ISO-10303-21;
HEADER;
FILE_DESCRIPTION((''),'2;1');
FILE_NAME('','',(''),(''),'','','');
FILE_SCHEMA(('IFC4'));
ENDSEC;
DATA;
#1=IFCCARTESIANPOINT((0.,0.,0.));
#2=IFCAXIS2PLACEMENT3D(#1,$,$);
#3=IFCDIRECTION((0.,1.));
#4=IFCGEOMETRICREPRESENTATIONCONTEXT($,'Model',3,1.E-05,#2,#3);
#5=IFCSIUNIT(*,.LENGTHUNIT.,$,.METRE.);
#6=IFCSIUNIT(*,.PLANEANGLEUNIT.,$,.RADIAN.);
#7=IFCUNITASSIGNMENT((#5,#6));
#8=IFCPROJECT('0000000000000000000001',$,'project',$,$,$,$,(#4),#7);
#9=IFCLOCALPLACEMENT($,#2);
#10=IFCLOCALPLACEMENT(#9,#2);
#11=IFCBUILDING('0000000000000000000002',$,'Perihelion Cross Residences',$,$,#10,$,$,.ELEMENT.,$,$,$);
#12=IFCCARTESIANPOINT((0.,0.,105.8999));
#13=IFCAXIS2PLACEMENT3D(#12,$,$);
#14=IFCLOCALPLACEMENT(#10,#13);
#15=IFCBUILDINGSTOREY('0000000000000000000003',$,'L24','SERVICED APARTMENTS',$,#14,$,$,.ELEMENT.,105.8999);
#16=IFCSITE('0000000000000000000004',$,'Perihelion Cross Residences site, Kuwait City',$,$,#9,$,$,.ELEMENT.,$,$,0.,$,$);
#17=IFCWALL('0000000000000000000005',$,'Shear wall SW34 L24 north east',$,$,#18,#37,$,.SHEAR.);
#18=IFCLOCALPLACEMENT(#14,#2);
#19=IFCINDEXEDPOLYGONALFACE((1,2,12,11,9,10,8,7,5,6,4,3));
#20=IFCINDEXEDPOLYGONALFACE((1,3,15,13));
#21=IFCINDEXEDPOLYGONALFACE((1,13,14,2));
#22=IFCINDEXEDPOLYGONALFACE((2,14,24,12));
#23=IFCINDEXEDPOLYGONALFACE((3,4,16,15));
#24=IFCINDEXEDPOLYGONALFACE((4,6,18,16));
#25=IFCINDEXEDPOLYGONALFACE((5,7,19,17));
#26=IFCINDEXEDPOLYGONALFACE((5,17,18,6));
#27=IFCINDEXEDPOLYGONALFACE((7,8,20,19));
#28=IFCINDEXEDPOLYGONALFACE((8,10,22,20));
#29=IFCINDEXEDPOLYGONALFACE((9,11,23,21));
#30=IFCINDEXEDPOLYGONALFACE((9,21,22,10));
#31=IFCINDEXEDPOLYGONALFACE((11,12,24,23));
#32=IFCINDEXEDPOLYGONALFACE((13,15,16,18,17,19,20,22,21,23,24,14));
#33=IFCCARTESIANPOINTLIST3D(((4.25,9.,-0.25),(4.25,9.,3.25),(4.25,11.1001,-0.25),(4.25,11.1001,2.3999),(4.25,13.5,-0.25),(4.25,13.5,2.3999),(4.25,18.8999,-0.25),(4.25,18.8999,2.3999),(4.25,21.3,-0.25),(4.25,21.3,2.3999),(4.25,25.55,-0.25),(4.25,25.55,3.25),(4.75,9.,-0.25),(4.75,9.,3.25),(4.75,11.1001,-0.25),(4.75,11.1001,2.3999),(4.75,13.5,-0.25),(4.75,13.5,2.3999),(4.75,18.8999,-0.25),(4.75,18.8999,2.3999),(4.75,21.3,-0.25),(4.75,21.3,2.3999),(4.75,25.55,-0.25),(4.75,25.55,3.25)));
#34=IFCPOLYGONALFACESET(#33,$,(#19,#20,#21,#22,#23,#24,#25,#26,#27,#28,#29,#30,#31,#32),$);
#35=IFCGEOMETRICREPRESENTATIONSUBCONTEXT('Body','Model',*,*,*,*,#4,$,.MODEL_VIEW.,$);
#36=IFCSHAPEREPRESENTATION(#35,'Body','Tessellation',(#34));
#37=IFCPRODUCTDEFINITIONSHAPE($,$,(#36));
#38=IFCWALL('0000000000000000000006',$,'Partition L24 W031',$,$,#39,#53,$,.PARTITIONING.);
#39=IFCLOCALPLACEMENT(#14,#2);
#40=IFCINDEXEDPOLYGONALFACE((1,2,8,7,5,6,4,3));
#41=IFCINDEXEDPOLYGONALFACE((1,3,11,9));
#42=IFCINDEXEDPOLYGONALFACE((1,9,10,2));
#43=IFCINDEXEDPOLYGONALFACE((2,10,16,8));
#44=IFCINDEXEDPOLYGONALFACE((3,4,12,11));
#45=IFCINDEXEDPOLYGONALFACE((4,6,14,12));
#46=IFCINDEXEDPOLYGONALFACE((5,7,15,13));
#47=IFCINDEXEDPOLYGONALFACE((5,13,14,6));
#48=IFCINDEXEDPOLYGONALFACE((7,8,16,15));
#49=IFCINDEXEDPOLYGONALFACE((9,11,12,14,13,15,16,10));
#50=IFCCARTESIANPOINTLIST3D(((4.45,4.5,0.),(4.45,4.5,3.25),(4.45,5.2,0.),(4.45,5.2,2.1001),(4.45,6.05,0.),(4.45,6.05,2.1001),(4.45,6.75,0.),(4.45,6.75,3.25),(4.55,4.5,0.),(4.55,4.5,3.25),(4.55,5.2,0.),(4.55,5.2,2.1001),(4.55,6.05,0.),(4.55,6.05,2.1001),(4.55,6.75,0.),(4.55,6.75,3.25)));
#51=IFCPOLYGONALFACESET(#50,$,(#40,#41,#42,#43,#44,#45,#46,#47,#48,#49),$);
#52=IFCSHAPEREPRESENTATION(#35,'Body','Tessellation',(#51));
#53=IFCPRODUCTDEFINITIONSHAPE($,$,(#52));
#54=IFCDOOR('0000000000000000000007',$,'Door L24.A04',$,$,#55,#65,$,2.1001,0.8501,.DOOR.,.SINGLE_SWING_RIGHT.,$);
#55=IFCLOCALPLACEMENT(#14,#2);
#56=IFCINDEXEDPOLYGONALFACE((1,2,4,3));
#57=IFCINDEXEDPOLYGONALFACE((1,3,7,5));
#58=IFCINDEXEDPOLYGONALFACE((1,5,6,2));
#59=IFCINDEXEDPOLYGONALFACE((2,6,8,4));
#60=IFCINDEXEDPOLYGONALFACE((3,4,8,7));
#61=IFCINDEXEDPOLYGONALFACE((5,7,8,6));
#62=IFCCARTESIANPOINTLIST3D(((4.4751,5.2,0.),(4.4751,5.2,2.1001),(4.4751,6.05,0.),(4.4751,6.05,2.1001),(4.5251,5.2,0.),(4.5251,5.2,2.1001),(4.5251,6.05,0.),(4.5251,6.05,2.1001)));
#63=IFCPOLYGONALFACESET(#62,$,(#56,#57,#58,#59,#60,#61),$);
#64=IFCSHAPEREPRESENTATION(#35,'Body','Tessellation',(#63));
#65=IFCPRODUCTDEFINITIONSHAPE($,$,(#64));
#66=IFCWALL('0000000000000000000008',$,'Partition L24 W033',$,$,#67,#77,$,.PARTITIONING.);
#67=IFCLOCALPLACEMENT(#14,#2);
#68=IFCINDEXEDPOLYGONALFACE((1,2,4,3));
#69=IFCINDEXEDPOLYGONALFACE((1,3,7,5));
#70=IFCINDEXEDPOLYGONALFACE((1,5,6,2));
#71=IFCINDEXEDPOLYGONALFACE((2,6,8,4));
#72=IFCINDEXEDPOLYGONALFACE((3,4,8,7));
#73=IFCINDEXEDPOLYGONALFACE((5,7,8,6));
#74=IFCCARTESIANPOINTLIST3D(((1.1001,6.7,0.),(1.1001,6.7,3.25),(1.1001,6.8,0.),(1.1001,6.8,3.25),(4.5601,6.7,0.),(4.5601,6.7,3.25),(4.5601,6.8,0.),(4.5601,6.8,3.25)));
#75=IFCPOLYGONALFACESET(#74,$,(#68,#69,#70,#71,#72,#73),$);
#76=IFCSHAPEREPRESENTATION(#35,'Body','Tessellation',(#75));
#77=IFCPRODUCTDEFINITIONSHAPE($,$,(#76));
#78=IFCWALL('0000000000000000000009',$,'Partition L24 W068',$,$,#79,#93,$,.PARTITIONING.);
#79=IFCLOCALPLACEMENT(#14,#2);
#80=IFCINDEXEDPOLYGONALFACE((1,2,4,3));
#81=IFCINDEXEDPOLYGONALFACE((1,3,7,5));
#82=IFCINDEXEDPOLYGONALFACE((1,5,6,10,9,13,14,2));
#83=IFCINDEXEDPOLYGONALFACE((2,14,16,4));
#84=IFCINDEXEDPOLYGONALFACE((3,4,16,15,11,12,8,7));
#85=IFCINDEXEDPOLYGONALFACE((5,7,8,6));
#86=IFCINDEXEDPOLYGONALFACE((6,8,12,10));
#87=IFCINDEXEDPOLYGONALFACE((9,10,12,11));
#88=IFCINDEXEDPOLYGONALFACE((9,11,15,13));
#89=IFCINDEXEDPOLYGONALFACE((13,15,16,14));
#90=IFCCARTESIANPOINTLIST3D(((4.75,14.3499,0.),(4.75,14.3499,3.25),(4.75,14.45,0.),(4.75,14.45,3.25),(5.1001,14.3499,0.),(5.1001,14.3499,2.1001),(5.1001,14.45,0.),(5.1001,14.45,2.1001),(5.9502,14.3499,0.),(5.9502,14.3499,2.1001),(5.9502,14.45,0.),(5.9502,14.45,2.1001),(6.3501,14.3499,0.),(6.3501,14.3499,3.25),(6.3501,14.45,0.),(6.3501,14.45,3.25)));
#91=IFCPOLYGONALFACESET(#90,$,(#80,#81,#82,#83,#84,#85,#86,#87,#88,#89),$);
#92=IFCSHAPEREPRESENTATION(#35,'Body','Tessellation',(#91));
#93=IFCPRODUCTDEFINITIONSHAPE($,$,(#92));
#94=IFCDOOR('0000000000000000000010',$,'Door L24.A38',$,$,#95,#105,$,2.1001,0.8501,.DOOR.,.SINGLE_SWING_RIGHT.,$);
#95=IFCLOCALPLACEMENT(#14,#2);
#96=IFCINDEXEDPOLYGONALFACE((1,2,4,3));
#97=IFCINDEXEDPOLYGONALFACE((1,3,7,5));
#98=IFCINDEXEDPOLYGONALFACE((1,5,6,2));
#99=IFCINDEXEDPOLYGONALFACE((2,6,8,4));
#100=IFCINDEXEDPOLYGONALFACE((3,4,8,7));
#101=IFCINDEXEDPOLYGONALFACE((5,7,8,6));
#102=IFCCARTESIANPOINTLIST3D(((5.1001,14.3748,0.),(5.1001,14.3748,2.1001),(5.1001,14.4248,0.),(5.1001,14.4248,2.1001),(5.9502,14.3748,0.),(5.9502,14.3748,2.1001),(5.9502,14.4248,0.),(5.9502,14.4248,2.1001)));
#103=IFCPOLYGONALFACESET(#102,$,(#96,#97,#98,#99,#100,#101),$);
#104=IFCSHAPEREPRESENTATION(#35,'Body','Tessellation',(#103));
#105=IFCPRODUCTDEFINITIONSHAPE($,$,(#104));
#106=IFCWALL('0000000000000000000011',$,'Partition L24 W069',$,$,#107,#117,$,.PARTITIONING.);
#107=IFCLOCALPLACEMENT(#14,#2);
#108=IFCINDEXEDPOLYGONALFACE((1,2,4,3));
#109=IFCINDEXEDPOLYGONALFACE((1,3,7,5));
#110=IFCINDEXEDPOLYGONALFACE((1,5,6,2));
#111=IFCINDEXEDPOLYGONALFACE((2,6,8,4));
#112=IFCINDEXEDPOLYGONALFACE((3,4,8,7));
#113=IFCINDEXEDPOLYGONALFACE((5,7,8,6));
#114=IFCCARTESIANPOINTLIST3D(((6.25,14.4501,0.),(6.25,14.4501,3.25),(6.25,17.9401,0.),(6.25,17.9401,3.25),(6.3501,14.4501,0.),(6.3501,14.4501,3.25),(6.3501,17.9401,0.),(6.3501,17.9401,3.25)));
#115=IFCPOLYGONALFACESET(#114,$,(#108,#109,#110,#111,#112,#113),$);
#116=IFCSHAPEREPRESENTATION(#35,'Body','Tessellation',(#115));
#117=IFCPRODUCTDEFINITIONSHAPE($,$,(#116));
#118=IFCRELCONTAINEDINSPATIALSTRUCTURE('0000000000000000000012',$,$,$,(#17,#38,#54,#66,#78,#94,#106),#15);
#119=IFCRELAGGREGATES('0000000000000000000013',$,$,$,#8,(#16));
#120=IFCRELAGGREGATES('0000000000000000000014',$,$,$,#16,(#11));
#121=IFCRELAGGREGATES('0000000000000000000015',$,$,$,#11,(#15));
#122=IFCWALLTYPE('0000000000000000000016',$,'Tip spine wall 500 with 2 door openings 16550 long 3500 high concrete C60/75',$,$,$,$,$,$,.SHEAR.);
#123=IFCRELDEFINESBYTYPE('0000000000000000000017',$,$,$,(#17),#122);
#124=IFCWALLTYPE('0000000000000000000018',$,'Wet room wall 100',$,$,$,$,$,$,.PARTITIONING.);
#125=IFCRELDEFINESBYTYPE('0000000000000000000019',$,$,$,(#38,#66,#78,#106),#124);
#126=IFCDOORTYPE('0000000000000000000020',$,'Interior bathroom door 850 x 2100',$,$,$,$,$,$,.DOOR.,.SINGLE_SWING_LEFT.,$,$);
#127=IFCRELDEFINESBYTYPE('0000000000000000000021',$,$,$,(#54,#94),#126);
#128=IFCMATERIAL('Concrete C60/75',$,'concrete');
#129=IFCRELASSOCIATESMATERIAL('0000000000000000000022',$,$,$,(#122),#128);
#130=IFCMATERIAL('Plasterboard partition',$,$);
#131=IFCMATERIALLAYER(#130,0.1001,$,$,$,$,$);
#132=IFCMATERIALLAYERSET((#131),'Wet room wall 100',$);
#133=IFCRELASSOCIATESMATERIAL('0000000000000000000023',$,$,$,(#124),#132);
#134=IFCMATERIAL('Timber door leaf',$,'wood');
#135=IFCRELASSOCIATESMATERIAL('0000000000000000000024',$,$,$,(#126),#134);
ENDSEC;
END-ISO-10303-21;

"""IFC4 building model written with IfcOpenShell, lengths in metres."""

from ifc_helpers import new_model, si_unit, direction, frame, frame_2d, origin, place, context, subcontext, project, spatial, polyline, rectangle, outline, extrude, material, layer, layer_set, material_profile, profile_set, type_object, element, fill, save


model = new_model("IFC4")

# Units and contexts
model_context = context("Model", 3, precision=1e-05, world=origin(), true_north=direction((0.0, 1.0)))
body_context = subcontext(model_context, "Body", "Model", "MODEL_VIEW")
ifc_project = project(units=[si_unit("LENGTHUNIT", "METRE"), si_unit("PLANEANGLEUNIT", "RADIAN")], contexts=[model_context])

# Site, building, storey
site_placement = place(None, origin())
site = spatial("IfcSite", under=ifc_project, at=site_placement, Name="Perihelion Cross Residences site, Kuwait City", CompositionType="ELEMENT", RefElevation=0.0)
building_placement = place(site_placement, origin())
building = spatial("IfcBuilding", under=site, at=building_placement, Name="Perihelion Cross Residences", CompositionType="ELEMENT")
storey_placement = place(building_placement, frame((0.0, 0.0, 105.8999)))
storey = spatial("IfcBuildingStorey", under=building, at=storey_placement, Name="L24", Description="SERVICED APARTMENTS", CompositionType="ELEMENT", Elevation=105.8999)

# Wall
ifc_material_1 = material(Name="Concrete C60/75", Category="concrete")
ifc_material_profile_1 = material_profile(ifc_material_1, outline(polyline([(0.0, 0.0), (2.1001, 0.0), (2.1001, 2.6499), (4.5, 2.6499), (4.5, 0.0), (9.8999, 0.0), (9.8999, 2.6499), (12.3, 2.6499), (12.3, 0.0), (16.55, 0.0), (16.55, 3.5), (0.0, 3.5), (0.0, 0.0)])), Name="Tip spine wall")
ifc_profile_set_1 = profile_set([ifc_material_profile_1], Name="Concrete C60/75")
wall_type_1 = type_object("IfcWallType", Name="Tip spine wall 500 with 2 door openings 16550 long 3500 high concrete C60/75", PredefinedType="SHEAR", material=ifc_profile_set_1)
wall_1_placement = place(storey_placement, frame((4.25, 9.0, -0.25), z_axis=(1.0, 0.0, 0.0), x_axis=(0.0, 1.0, 0.0)))
element("IfcWall", 1, at=wall_1_placement, inside=storey, type_object=wall_type_1, Name="Shear wall SW34 L24 north east", PredefinedType="SHEAR", context=body_context, shape_type="SweptSolid", body=[
    extrude(outline(polyline([(0.0, 0.0), (2.1001, 0.0), (2.1001, 2.6499), (4.5, 2.6499), (4.5, 0.0), (9.8999, 0.0), (9.8999, 2.6499), (12.3, 2.6499), (12.3, 0.0), (16.55, 0.0), (16.55, 3.5), (0.0, 3.5), (0.0, 0.0)])), origin(), (0.0, 0.0, 1.0), 0.5),
])

# Wall, opening, door
ifc_material_2 = material(Name="Plasterboard partition")
ifc_layer_1 = layer(ifc_material_2, 0.1001)
ifc_layer_set_1 = layer_set([ifc_layer_1], Name="Wet room wall 100")
wall_type_2 = type_object("IfcWallType", Name="Wet room wall 100", PredefinedType="PARTITIONING", material=ifc_layer_set_1)
wall_2_placement = place(storey_placement, frame((4.5, 4.5, 0.0), z_axis=(0.0, 0.0, 1.0), x_axis=(0.0, 1.0, 0.0)))
wall_2 = element("IfcWall", 2, at=wall_2_placement, inside=storey, type_object=wall_type_2, Name="Partition L24 W031", PredefinedType="PARTITIONING", context=body_context, shape_type="SweptSolid", body=[
    extrude(rectangle(XDim=2.25, YDim=0.1001, at=frame_2d((1.125, 0.0))), origin(), (0.0, 0.0, 1.0), 3.25),
])
opening_1_placement = place(wall_2_placement, frame((0.7, 0.0, 0.0)))
opening_1 = element("IfcOpeningElement", 3, at=opening_1_placement, cuts=wall_2, PredefinedType="OPENING", context=body_context, shape_type="SweptSolid", body=[
    extrude(rectangle(XDim=0.8501, YDim=2.1001, at=frame_2d((0.425, 1.05))), frame((0.0, 0.0601, 0.0), z_axis=(0.0, -1.0, 0.0), x_axis=(1.0, 0.0, 0.0)), (0.0, 0.0, 1.0), 0.1201),
])
ifc_material_3 = material(Name="Timber door leaf", Category="wood")
door_type_1 = type_object("IfcDoorType", Name="Interior bathroom door 850 x 2100", OperationType="SINGLE_SWING_LEFT", PredefinedType="DOOR", material=ifc_material_3)
door_1_placement = place(opening_1_placement, origin())
door_1 = element("IfcDoor", 4, at=door_1_placement, inside=storey, type_object=door_type_1, Name="Door L24.A04", OperationType="SINGLE_SWING_RIGHT", OverallHeight=2.1001, OverallWidth=0.8501, PredefinedType="DOOR", context=body_context, shape_type="SweptSolid", body=[
    extrude(rectangle(XDim=0.8501, YDim=2.1001, at=frame_2d((0.425, 1.05))), frame((0.0, 0.0249, 0.0), z_axis=(0.0, -1.0, 0.0), x_axis=(1.0, 0.0, 0.0)), (0.0, 0.0, 1.0), 0.05),
])
fill(opening_1, door_1)

# Wall
wall_3_placement = place(storey_placement, frame((1.1001, 6.75, 0.0), z_axis=(0.0, 0.0, 1.0), x_axis=(1.0, 0.0, 0.0)))
element("IfcWall", 5, at=wall_3_placement, inside=storey, type_object=wall_type_2, Name="Partition L24 W033", PredefinedType="PARTITIONING", context=body_context, shape_type="SweptSolid", body=[
    extrude(rectangle(XDim=3.46, YDim=0.1001, at=frame_2d((1.73, 0.0))), origin(), (0.0, 0.0, 1.0), 3.25),
])

# Wall, opening, door
wall_4_placement = place(storey_placement, frame((4.75, 14.3999, 0.0), z_axis=(0.0, 0.0, 1.0), x_axis=(1.0, 0.0, 0.0)))
wall_4 = element("IfcWall", 6, at=wall_4_placement, inside=storey, type_object=wall_type_2, Name="Partition L24 W068", PredefinedType="PARTITIONING", context=body_context, shape_type="SweptSolid", body=[
    extrude(rectangle(XDim=1.6001, YDim=0.1001, at=frame_2d((0.8, 0.0))), origin(), (0.0, 0.0, 1.0), 3.25),
])
opening_2_placement = place(wall_4_placement, frame((0.3501, 0.0, 0.0)))
opening_2 = element("IfcOpeningElement", 7, at=opening_2_placement, cuts=wall_4, PredefinedType="OPENING", context=body_context, shape_type="SweptSolid", body=[
    extrude(rectangle(XDim=0.8501, YDim=2.1001, at=frame_2d((0.425, 1.05))), frame((0.0, 0.0601, 0.0), z_axis=(0.0, -1.0, 0.0), x_axis=(1.0, 0.0, 0.0)), (0.0, 0.0, 1.0), 0.1201),
])
door_2_placement = place(opening_2_placement, origin())
door_2 = element("IfcDoor", 8, at=door_2_placement, inside=storey, type_object=door_type_1, Name="Door L24.A38", OperationType="SINGLE_SWING_RIGHT", OverallHeight=2.1001, OverallWidth=0.8501, PredefinedType="DOOR", context=body_context, shape_type="SweptSolid", body=[
    extrude(rectangle(XDim=0.8501, YDim=2.1001, at=frame_2d((0.425, 1.05))), frame((0.0, 0.0249, 0.0), z_axis=(0.0, -1.0, 0.0), x_axis=(1.0, 0.0, 0.0)), (0.0, 0.0, 1.0), 0.05),
])
fill(opening_2, door_2)

# Wall
wall_5_placement = place(storey_placement, frame((6.3, 14.45, 0.0), z_axis=(0.0, 0.0, 1.0), x_axis=(0.0, 1.0, 0.0)))
element("IfcWall", 9, at=wall_5_placement, inside=storey, type_object=wall_type_2, Name="Partition L24 W069", PredefinedType="PARTITIONING", context=body_context, shape_type="SweptSolid", body=[
    extrude(rectangle(XDim=3.49, YDim=0.1001, at=frame_2d((1.7451, 0.0))), origin(), (0.0, 0.0, 1.0), 3.25),
])

save(model, "model.ifc")
